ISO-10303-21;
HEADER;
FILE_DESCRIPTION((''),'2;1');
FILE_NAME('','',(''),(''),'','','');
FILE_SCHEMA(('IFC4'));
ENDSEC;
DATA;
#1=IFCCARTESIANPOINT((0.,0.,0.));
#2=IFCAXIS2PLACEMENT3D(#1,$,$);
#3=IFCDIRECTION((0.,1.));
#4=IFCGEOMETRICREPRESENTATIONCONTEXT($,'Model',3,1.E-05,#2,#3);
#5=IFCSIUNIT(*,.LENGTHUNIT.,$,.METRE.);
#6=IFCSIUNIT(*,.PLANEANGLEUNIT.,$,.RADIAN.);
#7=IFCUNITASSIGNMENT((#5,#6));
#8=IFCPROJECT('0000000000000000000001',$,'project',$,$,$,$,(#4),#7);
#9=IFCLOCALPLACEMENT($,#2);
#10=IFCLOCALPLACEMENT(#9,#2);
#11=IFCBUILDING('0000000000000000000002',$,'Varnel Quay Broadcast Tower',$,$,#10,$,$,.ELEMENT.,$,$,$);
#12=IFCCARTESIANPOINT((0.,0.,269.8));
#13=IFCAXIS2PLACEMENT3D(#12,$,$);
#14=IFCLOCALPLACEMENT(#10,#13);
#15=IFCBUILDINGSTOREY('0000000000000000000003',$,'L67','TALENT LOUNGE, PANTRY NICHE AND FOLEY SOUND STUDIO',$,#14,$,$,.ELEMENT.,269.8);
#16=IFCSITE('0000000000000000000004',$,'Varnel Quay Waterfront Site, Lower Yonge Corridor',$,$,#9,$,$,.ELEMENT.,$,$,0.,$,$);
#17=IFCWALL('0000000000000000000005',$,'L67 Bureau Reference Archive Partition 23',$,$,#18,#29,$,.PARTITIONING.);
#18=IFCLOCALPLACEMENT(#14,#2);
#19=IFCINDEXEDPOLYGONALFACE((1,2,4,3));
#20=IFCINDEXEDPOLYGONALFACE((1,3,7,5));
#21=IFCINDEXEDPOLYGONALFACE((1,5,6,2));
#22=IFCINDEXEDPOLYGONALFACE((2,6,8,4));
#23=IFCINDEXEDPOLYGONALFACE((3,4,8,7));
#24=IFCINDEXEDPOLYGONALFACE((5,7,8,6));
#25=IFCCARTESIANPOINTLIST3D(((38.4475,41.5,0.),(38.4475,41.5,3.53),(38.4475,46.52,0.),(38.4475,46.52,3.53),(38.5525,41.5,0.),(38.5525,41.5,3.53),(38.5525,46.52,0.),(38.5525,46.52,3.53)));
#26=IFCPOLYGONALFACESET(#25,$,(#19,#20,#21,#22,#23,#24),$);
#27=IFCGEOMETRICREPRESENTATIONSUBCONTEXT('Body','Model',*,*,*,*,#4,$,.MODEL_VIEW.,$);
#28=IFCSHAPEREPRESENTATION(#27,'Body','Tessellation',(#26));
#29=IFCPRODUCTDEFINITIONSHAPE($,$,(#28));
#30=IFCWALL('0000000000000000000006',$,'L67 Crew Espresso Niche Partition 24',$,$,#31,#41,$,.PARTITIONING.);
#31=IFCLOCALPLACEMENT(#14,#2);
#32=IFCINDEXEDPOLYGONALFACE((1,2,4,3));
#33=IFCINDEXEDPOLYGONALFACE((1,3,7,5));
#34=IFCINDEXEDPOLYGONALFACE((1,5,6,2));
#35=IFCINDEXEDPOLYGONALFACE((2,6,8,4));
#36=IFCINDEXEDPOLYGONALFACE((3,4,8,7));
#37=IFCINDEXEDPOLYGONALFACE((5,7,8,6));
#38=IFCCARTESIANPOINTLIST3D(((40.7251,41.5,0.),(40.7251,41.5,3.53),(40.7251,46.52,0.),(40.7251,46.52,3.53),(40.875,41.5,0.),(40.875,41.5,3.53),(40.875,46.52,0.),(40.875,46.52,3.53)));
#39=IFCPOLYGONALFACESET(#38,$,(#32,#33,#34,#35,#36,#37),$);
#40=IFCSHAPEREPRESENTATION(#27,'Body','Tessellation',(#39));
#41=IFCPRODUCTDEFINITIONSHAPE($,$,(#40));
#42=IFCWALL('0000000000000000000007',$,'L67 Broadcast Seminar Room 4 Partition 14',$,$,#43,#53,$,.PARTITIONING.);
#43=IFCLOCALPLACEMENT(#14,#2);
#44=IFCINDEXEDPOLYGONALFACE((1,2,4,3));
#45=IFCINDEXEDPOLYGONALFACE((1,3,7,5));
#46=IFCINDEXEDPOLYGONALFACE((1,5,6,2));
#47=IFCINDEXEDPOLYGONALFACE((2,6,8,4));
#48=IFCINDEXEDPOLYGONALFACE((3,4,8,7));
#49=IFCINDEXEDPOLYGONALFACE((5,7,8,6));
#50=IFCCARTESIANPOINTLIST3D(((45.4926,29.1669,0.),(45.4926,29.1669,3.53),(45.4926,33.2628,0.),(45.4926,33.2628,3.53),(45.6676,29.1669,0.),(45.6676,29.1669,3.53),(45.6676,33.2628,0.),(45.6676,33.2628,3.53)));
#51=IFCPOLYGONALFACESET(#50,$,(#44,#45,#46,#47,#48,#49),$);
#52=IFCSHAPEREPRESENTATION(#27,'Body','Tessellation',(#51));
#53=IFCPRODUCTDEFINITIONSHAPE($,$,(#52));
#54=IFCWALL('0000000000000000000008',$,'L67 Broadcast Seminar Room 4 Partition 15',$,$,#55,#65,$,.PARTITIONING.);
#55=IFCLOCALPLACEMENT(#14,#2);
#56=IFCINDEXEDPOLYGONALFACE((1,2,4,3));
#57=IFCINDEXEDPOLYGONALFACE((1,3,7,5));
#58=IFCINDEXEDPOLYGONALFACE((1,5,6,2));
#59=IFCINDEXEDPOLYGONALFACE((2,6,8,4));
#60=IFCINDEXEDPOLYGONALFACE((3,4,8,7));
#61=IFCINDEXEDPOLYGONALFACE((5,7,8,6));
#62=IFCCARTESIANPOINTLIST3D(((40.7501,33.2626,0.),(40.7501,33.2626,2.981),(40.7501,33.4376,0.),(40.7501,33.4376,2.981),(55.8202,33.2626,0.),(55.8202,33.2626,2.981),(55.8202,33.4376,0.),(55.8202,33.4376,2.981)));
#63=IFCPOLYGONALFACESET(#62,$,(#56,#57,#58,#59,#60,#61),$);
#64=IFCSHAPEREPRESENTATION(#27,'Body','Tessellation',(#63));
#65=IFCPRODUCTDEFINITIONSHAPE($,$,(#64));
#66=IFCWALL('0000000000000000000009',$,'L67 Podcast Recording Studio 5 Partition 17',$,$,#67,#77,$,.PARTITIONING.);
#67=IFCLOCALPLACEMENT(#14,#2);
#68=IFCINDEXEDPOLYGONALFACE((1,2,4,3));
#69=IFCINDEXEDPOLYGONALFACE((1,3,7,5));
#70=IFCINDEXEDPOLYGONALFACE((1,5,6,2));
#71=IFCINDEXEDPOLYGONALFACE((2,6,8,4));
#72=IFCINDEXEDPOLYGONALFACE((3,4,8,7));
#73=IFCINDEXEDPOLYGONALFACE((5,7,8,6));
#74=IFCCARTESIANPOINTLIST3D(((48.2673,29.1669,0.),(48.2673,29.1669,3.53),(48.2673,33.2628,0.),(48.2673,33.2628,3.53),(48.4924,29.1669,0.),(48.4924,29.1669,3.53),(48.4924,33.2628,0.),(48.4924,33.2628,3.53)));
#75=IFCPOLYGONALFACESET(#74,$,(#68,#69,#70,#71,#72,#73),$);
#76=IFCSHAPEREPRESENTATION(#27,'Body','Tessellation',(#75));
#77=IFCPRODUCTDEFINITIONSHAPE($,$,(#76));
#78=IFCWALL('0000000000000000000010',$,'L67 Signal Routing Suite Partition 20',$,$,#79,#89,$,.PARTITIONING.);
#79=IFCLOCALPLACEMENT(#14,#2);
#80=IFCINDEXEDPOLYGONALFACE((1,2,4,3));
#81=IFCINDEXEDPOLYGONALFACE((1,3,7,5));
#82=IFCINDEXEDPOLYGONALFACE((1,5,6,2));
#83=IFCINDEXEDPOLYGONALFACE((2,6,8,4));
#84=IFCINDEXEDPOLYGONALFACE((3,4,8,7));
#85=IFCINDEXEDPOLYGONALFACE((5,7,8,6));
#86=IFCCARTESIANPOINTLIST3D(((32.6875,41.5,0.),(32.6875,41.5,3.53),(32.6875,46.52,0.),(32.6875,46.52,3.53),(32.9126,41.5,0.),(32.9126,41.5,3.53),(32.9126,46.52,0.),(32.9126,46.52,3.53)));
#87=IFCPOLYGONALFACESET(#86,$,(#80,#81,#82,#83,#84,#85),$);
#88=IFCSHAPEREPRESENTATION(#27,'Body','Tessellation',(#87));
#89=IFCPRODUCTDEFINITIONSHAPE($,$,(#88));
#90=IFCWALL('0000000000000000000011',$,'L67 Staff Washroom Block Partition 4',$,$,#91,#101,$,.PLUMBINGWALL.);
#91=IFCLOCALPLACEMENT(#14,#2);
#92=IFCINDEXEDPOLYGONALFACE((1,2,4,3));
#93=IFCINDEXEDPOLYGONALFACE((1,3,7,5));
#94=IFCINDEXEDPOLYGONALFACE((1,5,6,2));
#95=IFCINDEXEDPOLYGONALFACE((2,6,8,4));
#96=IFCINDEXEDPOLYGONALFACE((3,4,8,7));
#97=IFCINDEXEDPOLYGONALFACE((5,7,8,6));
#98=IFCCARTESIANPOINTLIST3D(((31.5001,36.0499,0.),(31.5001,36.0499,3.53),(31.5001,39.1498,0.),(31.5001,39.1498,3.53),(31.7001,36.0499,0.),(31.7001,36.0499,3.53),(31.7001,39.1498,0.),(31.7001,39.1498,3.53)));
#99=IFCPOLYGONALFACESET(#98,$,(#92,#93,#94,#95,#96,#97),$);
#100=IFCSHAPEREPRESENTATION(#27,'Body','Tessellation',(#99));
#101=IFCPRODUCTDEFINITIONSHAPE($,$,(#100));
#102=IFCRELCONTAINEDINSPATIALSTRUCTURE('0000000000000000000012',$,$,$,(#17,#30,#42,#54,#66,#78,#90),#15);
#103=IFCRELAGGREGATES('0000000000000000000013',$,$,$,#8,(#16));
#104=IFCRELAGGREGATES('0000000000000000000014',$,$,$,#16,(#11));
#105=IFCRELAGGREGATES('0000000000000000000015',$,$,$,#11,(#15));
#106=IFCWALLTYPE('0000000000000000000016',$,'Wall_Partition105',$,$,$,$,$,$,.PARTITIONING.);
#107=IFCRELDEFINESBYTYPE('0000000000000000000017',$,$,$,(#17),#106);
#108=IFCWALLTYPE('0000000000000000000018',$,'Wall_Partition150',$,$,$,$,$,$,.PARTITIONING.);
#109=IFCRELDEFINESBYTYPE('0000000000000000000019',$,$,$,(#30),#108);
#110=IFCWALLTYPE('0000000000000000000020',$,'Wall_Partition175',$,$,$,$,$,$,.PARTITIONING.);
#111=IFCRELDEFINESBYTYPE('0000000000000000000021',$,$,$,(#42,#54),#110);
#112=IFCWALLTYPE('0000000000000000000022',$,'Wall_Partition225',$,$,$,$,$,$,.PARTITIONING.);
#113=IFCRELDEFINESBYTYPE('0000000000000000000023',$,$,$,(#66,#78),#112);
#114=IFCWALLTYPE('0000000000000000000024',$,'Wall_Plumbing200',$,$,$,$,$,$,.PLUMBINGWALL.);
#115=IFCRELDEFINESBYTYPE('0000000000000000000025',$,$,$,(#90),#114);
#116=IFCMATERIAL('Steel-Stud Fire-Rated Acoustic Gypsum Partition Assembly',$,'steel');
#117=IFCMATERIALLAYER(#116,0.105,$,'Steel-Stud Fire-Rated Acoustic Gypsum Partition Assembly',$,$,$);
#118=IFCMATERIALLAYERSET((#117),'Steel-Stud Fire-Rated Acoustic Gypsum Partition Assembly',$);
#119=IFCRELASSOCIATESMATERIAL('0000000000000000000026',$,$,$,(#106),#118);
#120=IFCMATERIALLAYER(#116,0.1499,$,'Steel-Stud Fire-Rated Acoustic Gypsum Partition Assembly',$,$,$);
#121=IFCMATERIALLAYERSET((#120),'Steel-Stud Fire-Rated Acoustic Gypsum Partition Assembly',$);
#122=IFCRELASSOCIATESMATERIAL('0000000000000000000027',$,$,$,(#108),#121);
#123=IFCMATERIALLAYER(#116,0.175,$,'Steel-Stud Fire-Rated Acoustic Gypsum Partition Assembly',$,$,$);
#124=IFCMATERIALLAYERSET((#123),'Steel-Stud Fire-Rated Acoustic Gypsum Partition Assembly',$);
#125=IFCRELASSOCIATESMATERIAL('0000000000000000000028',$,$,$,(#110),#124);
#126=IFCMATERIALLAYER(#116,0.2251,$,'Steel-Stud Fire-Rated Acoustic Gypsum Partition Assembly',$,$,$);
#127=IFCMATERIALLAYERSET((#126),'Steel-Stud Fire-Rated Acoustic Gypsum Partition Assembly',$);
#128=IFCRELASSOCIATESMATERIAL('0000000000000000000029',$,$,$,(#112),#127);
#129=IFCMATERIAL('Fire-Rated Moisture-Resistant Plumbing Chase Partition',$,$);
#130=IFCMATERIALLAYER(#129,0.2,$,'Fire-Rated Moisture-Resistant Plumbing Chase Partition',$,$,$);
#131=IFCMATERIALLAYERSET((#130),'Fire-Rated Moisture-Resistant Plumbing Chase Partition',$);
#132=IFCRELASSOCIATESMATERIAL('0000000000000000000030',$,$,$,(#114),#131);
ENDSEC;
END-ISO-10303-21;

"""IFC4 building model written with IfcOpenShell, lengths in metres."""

from ifc_helpers import new_model, si_unit, direction, frame, frame_2d, origin, place, context, subcontext, project, spatial, rectangle, extrude, material, layer, layer_set, type_object, element, save


model = new_model("IFC4")

# Units and contexts
model_context = context("Model", 3, precision=1e-05, world=origin(), true_north=direction((0.0, 1.0)))
body_context = subcontext(model_context, "Body", "Model", "MODEL_VIEW")
ifc_project = project(units=[si_unit("LENGTHUNIT", "METRE"), si_unit("PLANEANGLEUNIT", "RADIAN")], contexts=[model_context])

# Site, building, storey
site_placement = place(None, origin())
site = spatial("IfcSite", under=ifc_project, at=site_placement, Name="Varnel Quay Waterfront Site, Lower Yonge Corridor", CompositionType="ELEMENT", RefElevation=0.0)
building_placement = place(site_placement, origin())
building = spatial("IfcBuilding", under=site, at=building_placement, Name="Varnel Quay Broadcast Tower", CompositionType="ELEMENT")
storey_placement = place(building_placement, frame((0.0, 0.0, 269.8)))
storey = spatial("IfcBuildingStorey", under=building, at=storey_placement, Name="L67", Description="TALENT LOUNGE, PANTRY NICHE AND FOLEY SOUND STUDIO", CompositionType="ELEMENT", Elevation=269.8)

# Walls
ifc_material_1 = material(Name="Steel-Stud Fire-Rated Acoustic Gypsum Partition Assembly", Category="steel")
ifc_layer_1 = layer(ifc_material_1, 0.105, Name="Steel-Stud Fire-Rated Acoustic Gypsum Partition Assembly")
ifc_layer_set_1 = layer_set([ifc_layer_1], Name="Steel-Stud Fire-Rated Acoustic Gypsum Partition Assembly")
wall_type_1 = type_object("IfcWallType", Name="Wall_Partition105", PredefinedType="PARTITIONING", material=ifc_layer_set_1)
for number, where, z_axis, x_axis, name in (
    (1, (38.5, 41.5, 0.0), (0.0, 0.0, 1.0), (0.0, 1.0, 0.0), "L67 Bureau Reference Archive Partition 23"),
):
    element("IfcWall", number, at=place(storey_placement, frame(where, z_axis=z_axis, x_axis=x_axis)), inside=storey, type_object=wall_type_1, Name=name, PredefinedType="PARTITIONING", context=body_context, shape_type="SweptSolid", body=[
        extrude(rectangle(XDim=5.02, YDim=0.105, at=frame_2d((2.51, 0.0))), origin(), (0.0, 0.0, 1.0), 3.53),
    ])
ifc_layer_2 = layer(ifc_material_1, 0.1499, Name="Steel-Stud Fire-Rated Acoustic Gypsum Partition Assembly")
ifc_layer_set_2 = layer_set([ifc_layer_2], Name="Steel-Stud Fire-Rated Acoustic Gypsum Partition Assembly")
wall_type_2 = type_object("IfcWallType", Name="Wall_Partition150", PredefinedType="PARTITIONING", material=ifc_layer_set_2)
wall_1_placement = place(storey_placement, frame((40.8, 41.5, 0.0), z_axis=(0.0, 0.0, 1.0), x_axis=(0.0, 1.0, 0.0)))
element("IfcWall", 2, at=wall_1_placement, inside=storey, type_object=wall_type_2, Name="L67 Crew Espresso Niche Partition 24", PredefinedType="PARTITIONING", context=body_context, shape_type="SweptSolid", body=[
    extrude(rectangle(XDim=5.02, YDim=0.1499, at=frame_2d((2.51, 0.0))), origin(), (0.0, 0.0, 1.0), 3.53),
])
ifc_layer_3 = layer(ifc_material_1, 0.175, Name="Steel-Stud Fire-Rated Acoustic Gypsum Partition Assembly")
ifc_layer_set_3 = layer_set([ifc_layer_3], Name="Steel-Stud Fire-Rated Acoustic Gypsum Partition Assembly")
wall_type_3 = type_object("IfcWallType", Name="Wall_Partition175", PredefinedType="PARTITIONING", material=ifc_layer_set_3)
wall_2_placement = place(storey_placement, frame((45.5801, 29.167, 0.0), z_axis=(0.0, 0.0, 1.0), x_axis=(0.0, 1.0, 0.0)))
element("IfcWall", 3, at=wall_2_placement, inside=storey, type_object=wall_type_3, Name="L67 Broadcast Seminar Room 4 Partition 14", PredefinedType="PARTITIONING", context=body_context, shape_type="SweptSolid", body=[
    extrude(rectangle(XDim=4.0959, YDim=0.175, at=frame_2d((2.0479, 0.0))), origin(), (0.0, 0.0, 1.0), 3.53),
])
wall_3_placement = place(storey_placement, frame((40.75, 33.3501, 0.0), z_axis=(0.0, 0.0, 1.0), x_axis=(1.0, 0.0, 0.0)))
element("IfcWall", 4, at=wall_3_placement, inside=storey, type_object=wall_type_3, Name="L67 Broadcast Seminar Room 4 Partition 15", PredefinedType="PARTITIONING", context=body_context, shape_type="SweptSolid", body=[
    extrude(rectangle(XDim=15.0701, YDim=0.175, at=frame_2d((7.5352, 0.0))), origin(), (0.0, 0.0, 1.0), 2.981),
])
ifc_layer_4 = layer(ifc_material_1, 0.2251, Name="Steel-Stud Fire-Rated Acoustic Gypsum Partition Assembly")
ifc_layer_set_4 = layer_set([ifc_layer_4], Name="Steel-Stud Fire-Rated Acoustic Gypsum Partition Assembly")
wall_type_4 = type_object("IfcWallType", Name="Wall_Partition225", PredefinedType="PARTITIONING", material=ifc_layer_set_4)
wall_4_placement = place(storey_placement, frame((48.3799, 29.167, 0.0), z_axis=(0.0, 0.0, 1.0), x_axis=(0.0, 1.0, 0.0)))
element("IfcWall", 5, at=wall_4_placement, inside=storey, type_object=wall_type_4, Name="L67 Podcast Recording Studio 5 Partition 17", PredefinedType="PARTITIONING", context=body_context, shape_type="SweptSolid", body=[
    extrude(rectangle(XDim=4.0959, YDim=0.2251, at=frame_2d((2.0479, 0.0))), origin(), (0.0, 0.0, 1.0), 3.53),
])
wall_5_placement = place(storey_placement, frame((32.8, 41.5, 0.0), z_axis=(0.0, 0.0, 1.0), x_axis=(0.0, 1.0, 0.0)))
element("IfcWall", 6, at=wall_5_placement, inside=storey, type_object=wall_type_4, Name="L67 Signal Routing Suite Partition 20", PredefinedType="PARTITIONING", context=body_context, shape_type="SweptSolid", body=[
    extrude(rectangle(XDim=5.02, YDim=0.2251, at=frame_2d((2.51, 0.0))), origin(), (0.0, 0.0, 1.0), 3.53),
])
ifc_material_2 = material(Name="Fire-Rated Moisture-Resistant Plumbing Chase Partition")
ifc_layer_5 = layer(ifc_material_2, 0.2, Name="Fire-Rated Moisture-Resistant Plumbing Chase Partition")
ifc_layer_set_5 = layer_set([ifc_layer_5], Name="Fire-Rated Moisture-Resistant Plumbing Chase Partition")
wall_type_5 = type_object("IfcWallType", Name="Wall_Plumbing200", PredefinedType="PLUMBINGWALL", material=ifc_layer_set_5)
wall_6_placement = place(storey_placement, frame((31.6001, 36.05, 0.0), z_axis=(0.0, 0.0, 1.0), x_axis=(0.0, 1.0, 0.0)))
element("IfcWall", 7, at=wall_6_placement, inside=storey, type_object=wall_type_5, Name="L67 Staff Washroom Block Partition 4", PredefinedType="PLUMBINGWALL", context=body_context, shape_type="SweptSolid", body=[
    extrude(rectangle(XDim=3.0999, YDim=0.2, at=frame_2d((1.5498, 0.0))), origin(), (0.0, 0.0, 1.0), 3.53),
])

save(model, "model.ifc")
